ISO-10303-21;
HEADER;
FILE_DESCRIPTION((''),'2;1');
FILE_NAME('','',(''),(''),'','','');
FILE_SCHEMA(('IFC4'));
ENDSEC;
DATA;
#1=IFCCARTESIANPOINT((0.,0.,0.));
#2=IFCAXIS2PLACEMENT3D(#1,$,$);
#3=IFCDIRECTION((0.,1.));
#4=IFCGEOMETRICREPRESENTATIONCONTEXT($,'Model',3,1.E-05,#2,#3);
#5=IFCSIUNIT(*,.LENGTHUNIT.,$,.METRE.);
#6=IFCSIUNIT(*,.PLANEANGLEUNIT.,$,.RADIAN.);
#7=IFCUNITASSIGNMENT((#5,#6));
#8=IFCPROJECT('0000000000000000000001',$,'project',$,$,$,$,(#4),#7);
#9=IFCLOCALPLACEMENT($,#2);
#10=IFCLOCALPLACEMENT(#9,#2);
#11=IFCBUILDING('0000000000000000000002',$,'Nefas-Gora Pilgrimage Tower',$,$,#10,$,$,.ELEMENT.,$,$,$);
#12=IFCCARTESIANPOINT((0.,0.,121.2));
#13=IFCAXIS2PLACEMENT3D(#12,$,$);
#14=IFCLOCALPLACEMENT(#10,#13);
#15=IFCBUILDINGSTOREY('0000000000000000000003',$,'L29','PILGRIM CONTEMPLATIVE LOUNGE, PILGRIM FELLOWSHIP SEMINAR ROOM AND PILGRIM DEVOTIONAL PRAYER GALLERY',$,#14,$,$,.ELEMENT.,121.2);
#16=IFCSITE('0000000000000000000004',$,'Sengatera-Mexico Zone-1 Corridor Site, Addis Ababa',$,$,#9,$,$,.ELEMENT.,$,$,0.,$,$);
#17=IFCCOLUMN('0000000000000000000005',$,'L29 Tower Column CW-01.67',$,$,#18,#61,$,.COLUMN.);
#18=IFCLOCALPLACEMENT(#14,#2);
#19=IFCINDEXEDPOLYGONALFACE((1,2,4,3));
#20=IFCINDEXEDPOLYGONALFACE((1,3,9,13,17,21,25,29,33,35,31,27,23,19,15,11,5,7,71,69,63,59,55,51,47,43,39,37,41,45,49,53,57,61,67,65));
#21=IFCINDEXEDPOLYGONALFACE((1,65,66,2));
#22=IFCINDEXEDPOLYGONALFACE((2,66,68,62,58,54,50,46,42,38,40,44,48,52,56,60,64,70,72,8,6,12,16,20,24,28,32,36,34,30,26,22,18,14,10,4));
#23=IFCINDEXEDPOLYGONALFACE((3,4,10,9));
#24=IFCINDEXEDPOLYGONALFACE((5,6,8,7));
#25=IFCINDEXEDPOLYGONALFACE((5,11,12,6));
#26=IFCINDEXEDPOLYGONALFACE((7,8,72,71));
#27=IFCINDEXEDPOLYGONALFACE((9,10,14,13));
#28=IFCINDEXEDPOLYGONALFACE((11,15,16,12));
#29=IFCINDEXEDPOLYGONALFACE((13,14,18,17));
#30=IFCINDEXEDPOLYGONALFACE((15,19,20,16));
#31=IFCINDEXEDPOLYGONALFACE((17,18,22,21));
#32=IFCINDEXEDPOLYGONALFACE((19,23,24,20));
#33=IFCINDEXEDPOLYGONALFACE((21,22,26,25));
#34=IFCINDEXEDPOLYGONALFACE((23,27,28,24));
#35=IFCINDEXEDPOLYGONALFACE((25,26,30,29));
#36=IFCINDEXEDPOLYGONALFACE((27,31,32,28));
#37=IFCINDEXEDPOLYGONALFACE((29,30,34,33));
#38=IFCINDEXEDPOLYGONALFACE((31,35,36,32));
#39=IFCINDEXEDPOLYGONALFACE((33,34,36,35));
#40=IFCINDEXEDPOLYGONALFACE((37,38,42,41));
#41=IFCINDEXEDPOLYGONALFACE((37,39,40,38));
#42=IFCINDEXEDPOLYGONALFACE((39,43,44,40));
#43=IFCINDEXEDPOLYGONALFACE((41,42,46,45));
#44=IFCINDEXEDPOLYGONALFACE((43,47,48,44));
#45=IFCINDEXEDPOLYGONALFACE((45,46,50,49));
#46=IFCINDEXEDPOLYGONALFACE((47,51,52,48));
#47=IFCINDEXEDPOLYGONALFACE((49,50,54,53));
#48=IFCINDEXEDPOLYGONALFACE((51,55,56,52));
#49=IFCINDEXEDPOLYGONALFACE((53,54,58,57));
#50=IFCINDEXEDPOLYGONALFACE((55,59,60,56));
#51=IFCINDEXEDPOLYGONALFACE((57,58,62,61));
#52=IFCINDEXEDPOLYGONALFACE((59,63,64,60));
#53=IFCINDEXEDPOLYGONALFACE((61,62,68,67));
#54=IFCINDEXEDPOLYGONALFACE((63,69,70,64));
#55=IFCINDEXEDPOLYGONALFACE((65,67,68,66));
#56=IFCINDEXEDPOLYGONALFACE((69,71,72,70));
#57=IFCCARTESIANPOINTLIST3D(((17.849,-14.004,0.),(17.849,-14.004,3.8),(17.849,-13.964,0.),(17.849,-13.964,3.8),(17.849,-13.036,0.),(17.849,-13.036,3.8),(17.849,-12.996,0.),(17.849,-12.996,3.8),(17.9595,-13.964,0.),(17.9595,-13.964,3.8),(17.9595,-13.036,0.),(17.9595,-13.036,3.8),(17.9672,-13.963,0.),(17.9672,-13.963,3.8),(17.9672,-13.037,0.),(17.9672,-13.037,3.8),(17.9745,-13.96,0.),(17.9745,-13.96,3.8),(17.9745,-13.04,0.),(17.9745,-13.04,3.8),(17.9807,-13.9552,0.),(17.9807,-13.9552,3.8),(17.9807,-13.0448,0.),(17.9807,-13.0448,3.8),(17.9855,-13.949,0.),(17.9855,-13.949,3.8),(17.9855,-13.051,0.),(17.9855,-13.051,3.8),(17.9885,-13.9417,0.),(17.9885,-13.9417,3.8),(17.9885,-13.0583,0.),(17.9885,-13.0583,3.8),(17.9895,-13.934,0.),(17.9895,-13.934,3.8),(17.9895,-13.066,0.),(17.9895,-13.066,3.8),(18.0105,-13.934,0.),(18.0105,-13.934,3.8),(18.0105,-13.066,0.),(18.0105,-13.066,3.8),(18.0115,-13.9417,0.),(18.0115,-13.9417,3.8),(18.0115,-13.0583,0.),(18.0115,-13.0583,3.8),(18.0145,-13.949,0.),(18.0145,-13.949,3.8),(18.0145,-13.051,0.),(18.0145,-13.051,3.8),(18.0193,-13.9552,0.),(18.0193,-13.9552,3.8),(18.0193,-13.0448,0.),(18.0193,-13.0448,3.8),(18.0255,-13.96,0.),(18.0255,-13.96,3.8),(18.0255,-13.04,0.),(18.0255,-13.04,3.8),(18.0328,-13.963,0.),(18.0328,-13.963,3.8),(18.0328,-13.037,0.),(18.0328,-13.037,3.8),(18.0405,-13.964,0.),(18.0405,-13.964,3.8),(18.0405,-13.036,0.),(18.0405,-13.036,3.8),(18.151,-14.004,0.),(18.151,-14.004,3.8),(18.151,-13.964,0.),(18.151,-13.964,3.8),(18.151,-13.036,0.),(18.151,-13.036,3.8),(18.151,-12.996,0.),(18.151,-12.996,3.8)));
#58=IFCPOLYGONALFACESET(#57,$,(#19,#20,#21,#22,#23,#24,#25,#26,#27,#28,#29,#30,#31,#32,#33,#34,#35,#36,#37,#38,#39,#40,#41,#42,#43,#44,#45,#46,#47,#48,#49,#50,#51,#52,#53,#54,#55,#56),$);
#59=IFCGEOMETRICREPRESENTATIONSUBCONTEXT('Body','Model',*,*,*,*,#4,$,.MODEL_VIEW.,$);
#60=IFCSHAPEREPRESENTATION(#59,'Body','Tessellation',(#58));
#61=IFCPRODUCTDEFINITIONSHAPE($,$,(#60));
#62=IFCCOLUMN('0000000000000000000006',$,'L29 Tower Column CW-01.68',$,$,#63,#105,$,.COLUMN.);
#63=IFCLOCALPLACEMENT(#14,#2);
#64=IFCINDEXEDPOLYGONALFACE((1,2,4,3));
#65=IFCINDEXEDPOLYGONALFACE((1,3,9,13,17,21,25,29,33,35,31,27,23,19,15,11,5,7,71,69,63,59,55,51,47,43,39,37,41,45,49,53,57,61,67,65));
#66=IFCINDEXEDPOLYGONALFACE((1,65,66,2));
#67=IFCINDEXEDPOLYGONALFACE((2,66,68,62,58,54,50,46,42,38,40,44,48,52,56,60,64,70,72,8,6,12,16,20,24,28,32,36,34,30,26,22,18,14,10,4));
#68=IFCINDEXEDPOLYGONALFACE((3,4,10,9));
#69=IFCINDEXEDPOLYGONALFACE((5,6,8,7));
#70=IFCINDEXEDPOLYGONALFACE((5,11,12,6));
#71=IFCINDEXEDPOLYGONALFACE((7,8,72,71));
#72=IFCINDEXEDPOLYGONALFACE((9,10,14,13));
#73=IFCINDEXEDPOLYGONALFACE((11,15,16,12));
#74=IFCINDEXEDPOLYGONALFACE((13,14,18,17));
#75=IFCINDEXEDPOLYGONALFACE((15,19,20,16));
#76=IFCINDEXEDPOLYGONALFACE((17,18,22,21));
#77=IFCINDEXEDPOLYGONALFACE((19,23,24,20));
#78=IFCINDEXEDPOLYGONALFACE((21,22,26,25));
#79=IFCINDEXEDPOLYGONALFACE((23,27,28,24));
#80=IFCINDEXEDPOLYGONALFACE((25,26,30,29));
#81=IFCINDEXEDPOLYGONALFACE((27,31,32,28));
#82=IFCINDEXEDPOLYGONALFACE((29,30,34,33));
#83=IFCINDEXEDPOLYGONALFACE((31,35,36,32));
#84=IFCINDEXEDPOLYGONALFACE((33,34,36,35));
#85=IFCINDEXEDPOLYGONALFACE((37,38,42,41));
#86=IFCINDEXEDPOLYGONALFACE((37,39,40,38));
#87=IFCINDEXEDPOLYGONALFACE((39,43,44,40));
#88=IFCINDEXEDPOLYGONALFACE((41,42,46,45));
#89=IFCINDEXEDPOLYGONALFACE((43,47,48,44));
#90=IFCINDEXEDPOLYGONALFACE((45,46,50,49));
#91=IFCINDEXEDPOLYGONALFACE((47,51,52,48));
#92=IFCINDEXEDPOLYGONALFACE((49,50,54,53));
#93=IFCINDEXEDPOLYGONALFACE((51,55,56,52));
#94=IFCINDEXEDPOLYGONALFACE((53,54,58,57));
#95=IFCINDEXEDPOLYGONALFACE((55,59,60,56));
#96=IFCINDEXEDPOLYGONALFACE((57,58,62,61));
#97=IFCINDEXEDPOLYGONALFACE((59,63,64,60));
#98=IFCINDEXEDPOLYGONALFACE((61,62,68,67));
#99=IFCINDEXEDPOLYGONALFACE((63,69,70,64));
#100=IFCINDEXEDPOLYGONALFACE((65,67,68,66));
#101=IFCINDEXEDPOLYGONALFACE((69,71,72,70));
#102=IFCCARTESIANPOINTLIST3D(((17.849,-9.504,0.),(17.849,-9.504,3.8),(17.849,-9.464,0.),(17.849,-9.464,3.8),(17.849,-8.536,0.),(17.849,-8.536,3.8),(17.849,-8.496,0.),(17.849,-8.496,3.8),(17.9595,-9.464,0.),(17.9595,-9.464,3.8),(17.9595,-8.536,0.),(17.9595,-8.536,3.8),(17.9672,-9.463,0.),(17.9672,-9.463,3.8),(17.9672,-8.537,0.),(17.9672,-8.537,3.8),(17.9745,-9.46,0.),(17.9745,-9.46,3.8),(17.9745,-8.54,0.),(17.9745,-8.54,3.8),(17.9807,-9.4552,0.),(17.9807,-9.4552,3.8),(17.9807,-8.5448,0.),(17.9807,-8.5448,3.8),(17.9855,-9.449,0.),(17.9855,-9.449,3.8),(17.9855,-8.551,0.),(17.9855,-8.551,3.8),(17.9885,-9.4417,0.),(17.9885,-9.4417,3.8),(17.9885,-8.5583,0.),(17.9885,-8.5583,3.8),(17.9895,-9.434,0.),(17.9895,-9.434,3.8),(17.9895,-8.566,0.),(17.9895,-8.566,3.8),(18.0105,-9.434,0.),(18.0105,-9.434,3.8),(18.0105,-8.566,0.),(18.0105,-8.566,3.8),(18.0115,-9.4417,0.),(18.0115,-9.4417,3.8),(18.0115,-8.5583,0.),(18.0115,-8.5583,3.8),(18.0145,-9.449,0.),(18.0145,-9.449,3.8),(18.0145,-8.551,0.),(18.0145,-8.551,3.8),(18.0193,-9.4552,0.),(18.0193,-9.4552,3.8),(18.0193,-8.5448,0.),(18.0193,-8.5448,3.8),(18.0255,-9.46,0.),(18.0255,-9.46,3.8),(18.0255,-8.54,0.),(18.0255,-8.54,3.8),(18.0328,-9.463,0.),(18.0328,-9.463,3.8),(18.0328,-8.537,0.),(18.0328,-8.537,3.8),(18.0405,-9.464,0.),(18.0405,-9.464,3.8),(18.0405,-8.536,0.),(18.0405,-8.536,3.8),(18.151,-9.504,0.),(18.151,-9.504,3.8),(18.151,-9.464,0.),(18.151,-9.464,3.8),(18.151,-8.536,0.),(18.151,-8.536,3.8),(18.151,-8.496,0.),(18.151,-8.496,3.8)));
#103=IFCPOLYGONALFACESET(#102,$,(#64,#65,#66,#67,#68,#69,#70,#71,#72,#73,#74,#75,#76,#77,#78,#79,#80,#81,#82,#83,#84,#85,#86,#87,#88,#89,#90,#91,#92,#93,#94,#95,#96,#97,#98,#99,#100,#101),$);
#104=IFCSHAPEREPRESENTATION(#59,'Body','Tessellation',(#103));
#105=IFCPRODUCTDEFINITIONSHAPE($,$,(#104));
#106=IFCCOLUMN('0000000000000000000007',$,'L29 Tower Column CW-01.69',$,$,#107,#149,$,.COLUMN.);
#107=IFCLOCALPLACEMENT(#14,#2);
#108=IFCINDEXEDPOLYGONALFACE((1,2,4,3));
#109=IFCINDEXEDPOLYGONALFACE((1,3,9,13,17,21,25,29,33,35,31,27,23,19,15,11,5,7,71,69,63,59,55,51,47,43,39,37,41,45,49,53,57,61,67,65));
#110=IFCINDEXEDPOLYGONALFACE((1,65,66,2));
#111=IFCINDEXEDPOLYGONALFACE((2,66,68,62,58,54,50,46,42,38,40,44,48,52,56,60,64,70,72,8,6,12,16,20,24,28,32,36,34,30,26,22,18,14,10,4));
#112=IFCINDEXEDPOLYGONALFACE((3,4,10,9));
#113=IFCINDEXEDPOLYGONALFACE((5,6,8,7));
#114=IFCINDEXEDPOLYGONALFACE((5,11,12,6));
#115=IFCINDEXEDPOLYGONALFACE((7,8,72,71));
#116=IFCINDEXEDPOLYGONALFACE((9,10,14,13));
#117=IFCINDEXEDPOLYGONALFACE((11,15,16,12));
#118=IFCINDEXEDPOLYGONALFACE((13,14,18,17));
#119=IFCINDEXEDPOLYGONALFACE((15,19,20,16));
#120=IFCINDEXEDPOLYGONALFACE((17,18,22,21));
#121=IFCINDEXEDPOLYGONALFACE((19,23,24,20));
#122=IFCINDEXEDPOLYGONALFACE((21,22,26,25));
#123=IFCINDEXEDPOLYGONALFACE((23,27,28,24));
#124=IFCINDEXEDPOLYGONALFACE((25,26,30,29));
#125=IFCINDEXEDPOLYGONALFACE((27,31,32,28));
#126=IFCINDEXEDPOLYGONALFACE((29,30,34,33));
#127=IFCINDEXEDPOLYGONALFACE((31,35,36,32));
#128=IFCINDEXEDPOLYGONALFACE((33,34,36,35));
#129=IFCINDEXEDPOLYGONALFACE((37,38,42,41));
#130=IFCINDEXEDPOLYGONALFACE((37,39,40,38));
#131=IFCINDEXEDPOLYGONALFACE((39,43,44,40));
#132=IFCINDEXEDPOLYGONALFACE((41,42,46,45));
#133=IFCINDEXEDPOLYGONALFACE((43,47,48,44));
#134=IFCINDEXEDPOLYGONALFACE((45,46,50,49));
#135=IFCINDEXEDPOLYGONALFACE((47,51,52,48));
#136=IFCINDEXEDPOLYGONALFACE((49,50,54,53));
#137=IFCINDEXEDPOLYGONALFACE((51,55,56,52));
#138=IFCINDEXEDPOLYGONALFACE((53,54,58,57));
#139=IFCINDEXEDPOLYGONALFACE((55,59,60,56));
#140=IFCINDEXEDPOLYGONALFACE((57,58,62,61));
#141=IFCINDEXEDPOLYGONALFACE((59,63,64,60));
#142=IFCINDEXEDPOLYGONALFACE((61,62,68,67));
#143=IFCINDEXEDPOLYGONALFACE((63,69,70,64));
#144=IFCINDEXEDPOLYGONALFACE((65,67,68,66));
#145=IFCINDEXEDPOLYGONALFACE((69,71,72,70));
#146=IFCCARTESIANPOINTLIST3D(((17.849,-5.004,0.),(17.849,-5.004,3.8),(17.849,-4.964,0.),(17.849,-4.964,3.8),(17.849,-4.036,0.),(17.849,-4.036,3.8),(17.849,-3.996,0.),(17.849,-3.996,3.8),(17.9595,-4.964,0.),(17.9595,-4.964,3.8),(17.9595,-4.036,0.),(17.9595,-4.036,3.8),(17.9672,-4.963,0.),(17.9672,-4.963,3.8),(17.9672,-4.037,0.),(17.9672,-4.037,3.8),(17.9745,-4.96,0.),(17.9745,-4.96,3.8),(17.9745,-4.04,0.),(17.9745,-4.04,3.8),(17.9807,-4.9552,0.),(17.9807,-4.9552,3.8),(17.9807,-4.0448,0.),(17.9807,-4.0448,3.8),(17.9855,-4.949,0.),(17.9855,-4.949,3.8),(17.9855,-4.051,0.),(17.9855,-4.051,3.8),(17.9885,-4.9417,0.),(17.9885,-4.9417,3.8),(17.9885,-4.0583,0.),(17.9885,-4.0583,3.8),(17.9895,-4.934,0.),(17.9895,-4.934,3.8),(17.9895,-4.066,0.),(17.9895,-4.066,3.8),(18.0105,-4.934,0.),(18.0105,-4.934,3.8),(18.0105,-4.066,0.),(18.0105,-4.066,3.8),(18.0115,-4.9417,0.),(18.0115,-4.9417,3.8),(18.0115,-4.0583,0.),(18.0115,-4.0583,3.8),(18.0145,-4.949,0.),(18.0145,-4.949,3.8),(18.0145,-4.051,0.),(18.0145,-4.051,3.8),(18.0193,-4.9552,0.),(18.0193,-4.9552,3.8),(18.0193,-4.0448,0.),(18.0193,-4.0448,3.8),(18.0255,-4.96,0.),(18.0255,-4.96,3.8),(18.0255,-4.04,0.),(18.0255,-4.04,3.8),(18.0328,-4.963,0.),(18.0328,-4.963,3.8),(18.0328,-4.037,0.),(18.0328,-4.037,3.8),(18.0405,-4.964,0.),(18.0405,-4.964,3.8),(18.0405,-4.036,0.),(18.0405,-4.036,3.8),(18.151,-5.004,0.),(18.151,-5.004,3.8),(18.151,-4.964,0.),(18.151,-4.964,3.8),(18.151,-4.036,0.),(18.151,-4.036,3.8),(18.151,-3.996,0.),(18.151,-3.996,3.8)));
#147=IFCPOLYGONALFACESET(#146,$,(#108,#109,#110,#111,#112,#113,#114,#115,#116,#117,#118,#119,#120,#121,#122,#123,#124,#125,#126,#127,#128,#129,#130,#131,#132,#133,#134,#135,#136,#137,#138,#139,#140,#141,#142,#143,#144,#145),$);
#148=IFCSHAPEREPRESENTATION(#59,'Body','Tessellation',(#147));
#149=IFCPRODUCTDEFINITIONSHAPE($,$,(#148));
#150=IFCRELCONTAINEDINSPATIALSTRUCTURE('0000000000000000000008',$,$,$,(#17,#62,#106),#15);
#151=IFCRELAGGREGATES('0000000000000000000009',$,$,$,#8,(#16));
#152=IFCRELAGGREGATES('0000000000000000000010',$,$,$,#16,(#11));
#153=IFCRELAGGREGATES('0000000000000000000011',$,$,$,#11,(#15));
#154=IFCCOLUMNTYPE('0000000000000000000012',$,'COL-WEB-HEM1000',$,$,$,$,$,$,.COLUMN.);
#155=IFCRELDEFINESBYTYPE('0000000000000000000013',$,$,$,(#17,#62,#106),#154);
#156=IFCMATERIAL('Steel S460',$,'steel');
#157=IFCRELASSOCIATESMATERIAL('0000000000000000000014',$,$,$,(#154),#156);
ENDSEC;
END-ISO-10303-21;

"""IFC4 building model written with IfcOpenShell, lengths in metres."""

from ifc_helpers import new_model, si_unit, direction, frame, origin, origin_2d, place, context, subcontext, project, spatial, i_section, extrude, source, transform, mapped, material, material_profile, profile_set, type_object, element, save


model = new_model("IFC4")

# Units and contexts
model_context = context("Model", 3, precision=1e-05, world=origin(), true_north=direction((0.0, 1.0)))
body_context = subcontext(model_context, "Body", "Model", "MODEL_VIEW")
ifc_project = project(units=[si_unit("LENGTHUNIT", "METRE"), si_unit("PLANEANGLEUNIT", "RADIAN")], contexts=[model_context])

# Site, building, storey
site_placement = place(None, origin())
site = spatial("IfcSite", under=ifc_project, at=site_placement, Name="Sengatera-Mexico Zone-1 Corridor Site, Addis Ababa", CompositionType="ELEMENT", RefElevation=0.0)
building_placement = place(site_placement, origin())
building = spatial("IfcBuilding", under=site, at=building_placement, Name="Nefas-Gora Pilgrimage Tower", CompositionType="ELEMENT")
storey_placement = place(building_placement, frame((0.0, 0.0, 121.2)))
storey = spatial("IfcBuildingStorey", under=building, at=storey_placement, Name="L29", Description="PILGRIM CONTEMPLATIVE LOUNGE, PILGRIM FELLOWSHIP SEMINAR ROOM AND PILGRIM DEVOTIONAL PRAYER GALLERY", CompositionType="ELEMENT", Elevation=121.2)

# Columns
ifc_material_1 = material(Name="Steel S460", Category="steel")
ifc_material_profile_1 = material_profile(ifc_material_1, i_section(OverallWidth=0.302, OverallDepth=1.0081, WebThickness=0.021, FlangeThickness=0.04, FilletRadius=0.03, at=origin_2d()), Name="HEM 1000")
ifc_profile_set_1 = profile_set([ifc_material_profile_1], Name="Steel S460")
column_type_1 = type_object("IfcColumnType", Name="COL-WEB-HEM1000", PredefinedType="COLUMN", material=ifc_profile_set_1)
shared_shape_1 = source(origin(), body_context, "Body", "SweptSolid", [
    extrude(i_section(OverallWidth=0.302, OverallDepth=1.0081, WebThickness=0.021, FlangeThickness=0.04, FilletRadius=0.03, at=origin_2d()), origin(), (0.0, 0.0, 1.0), 3.8),
])
for number, where, z_axis, x_axis, name in (
    (1, (18.0, -13.5, 0.0), (0.0, 0.0, 1.0), (1.0, 0.0, 0.0), "L29 Tower Column CW-01.67"),
    (2, (18.0, -9.0, 0.0), (0.0, 0.0, 1.0), (1.0, 0.0, 0.0), "L29 Tower Column CW-01.68"),
    (3, (18.0, -4.5, 0.0), (0.0, 0.0, 1.0), (1.0, 0.0, 0.0), "L29 Tower Column CW-01.69"),
):
    element("IfcColumn", number, at=place(storey_placement, frame(where, z_axis=z_axis, x_axis=x_axis)), inside=storey, type_object=column_type_1, Name=name, PredefinedType="COLUMN", context=body_context, shape_type="MappedRepresentation", body=[
        mapped(shared_shape_1, transform((0.0, 0.0, 0.0), x_axis=(1.0, 0.0, 0.0), y_axis=(0.0, 1.0, 0.0), z_axis=(0.0, 0.0, 1.0), scale=1.0)),
    ])

save(model, "model.ifc")
